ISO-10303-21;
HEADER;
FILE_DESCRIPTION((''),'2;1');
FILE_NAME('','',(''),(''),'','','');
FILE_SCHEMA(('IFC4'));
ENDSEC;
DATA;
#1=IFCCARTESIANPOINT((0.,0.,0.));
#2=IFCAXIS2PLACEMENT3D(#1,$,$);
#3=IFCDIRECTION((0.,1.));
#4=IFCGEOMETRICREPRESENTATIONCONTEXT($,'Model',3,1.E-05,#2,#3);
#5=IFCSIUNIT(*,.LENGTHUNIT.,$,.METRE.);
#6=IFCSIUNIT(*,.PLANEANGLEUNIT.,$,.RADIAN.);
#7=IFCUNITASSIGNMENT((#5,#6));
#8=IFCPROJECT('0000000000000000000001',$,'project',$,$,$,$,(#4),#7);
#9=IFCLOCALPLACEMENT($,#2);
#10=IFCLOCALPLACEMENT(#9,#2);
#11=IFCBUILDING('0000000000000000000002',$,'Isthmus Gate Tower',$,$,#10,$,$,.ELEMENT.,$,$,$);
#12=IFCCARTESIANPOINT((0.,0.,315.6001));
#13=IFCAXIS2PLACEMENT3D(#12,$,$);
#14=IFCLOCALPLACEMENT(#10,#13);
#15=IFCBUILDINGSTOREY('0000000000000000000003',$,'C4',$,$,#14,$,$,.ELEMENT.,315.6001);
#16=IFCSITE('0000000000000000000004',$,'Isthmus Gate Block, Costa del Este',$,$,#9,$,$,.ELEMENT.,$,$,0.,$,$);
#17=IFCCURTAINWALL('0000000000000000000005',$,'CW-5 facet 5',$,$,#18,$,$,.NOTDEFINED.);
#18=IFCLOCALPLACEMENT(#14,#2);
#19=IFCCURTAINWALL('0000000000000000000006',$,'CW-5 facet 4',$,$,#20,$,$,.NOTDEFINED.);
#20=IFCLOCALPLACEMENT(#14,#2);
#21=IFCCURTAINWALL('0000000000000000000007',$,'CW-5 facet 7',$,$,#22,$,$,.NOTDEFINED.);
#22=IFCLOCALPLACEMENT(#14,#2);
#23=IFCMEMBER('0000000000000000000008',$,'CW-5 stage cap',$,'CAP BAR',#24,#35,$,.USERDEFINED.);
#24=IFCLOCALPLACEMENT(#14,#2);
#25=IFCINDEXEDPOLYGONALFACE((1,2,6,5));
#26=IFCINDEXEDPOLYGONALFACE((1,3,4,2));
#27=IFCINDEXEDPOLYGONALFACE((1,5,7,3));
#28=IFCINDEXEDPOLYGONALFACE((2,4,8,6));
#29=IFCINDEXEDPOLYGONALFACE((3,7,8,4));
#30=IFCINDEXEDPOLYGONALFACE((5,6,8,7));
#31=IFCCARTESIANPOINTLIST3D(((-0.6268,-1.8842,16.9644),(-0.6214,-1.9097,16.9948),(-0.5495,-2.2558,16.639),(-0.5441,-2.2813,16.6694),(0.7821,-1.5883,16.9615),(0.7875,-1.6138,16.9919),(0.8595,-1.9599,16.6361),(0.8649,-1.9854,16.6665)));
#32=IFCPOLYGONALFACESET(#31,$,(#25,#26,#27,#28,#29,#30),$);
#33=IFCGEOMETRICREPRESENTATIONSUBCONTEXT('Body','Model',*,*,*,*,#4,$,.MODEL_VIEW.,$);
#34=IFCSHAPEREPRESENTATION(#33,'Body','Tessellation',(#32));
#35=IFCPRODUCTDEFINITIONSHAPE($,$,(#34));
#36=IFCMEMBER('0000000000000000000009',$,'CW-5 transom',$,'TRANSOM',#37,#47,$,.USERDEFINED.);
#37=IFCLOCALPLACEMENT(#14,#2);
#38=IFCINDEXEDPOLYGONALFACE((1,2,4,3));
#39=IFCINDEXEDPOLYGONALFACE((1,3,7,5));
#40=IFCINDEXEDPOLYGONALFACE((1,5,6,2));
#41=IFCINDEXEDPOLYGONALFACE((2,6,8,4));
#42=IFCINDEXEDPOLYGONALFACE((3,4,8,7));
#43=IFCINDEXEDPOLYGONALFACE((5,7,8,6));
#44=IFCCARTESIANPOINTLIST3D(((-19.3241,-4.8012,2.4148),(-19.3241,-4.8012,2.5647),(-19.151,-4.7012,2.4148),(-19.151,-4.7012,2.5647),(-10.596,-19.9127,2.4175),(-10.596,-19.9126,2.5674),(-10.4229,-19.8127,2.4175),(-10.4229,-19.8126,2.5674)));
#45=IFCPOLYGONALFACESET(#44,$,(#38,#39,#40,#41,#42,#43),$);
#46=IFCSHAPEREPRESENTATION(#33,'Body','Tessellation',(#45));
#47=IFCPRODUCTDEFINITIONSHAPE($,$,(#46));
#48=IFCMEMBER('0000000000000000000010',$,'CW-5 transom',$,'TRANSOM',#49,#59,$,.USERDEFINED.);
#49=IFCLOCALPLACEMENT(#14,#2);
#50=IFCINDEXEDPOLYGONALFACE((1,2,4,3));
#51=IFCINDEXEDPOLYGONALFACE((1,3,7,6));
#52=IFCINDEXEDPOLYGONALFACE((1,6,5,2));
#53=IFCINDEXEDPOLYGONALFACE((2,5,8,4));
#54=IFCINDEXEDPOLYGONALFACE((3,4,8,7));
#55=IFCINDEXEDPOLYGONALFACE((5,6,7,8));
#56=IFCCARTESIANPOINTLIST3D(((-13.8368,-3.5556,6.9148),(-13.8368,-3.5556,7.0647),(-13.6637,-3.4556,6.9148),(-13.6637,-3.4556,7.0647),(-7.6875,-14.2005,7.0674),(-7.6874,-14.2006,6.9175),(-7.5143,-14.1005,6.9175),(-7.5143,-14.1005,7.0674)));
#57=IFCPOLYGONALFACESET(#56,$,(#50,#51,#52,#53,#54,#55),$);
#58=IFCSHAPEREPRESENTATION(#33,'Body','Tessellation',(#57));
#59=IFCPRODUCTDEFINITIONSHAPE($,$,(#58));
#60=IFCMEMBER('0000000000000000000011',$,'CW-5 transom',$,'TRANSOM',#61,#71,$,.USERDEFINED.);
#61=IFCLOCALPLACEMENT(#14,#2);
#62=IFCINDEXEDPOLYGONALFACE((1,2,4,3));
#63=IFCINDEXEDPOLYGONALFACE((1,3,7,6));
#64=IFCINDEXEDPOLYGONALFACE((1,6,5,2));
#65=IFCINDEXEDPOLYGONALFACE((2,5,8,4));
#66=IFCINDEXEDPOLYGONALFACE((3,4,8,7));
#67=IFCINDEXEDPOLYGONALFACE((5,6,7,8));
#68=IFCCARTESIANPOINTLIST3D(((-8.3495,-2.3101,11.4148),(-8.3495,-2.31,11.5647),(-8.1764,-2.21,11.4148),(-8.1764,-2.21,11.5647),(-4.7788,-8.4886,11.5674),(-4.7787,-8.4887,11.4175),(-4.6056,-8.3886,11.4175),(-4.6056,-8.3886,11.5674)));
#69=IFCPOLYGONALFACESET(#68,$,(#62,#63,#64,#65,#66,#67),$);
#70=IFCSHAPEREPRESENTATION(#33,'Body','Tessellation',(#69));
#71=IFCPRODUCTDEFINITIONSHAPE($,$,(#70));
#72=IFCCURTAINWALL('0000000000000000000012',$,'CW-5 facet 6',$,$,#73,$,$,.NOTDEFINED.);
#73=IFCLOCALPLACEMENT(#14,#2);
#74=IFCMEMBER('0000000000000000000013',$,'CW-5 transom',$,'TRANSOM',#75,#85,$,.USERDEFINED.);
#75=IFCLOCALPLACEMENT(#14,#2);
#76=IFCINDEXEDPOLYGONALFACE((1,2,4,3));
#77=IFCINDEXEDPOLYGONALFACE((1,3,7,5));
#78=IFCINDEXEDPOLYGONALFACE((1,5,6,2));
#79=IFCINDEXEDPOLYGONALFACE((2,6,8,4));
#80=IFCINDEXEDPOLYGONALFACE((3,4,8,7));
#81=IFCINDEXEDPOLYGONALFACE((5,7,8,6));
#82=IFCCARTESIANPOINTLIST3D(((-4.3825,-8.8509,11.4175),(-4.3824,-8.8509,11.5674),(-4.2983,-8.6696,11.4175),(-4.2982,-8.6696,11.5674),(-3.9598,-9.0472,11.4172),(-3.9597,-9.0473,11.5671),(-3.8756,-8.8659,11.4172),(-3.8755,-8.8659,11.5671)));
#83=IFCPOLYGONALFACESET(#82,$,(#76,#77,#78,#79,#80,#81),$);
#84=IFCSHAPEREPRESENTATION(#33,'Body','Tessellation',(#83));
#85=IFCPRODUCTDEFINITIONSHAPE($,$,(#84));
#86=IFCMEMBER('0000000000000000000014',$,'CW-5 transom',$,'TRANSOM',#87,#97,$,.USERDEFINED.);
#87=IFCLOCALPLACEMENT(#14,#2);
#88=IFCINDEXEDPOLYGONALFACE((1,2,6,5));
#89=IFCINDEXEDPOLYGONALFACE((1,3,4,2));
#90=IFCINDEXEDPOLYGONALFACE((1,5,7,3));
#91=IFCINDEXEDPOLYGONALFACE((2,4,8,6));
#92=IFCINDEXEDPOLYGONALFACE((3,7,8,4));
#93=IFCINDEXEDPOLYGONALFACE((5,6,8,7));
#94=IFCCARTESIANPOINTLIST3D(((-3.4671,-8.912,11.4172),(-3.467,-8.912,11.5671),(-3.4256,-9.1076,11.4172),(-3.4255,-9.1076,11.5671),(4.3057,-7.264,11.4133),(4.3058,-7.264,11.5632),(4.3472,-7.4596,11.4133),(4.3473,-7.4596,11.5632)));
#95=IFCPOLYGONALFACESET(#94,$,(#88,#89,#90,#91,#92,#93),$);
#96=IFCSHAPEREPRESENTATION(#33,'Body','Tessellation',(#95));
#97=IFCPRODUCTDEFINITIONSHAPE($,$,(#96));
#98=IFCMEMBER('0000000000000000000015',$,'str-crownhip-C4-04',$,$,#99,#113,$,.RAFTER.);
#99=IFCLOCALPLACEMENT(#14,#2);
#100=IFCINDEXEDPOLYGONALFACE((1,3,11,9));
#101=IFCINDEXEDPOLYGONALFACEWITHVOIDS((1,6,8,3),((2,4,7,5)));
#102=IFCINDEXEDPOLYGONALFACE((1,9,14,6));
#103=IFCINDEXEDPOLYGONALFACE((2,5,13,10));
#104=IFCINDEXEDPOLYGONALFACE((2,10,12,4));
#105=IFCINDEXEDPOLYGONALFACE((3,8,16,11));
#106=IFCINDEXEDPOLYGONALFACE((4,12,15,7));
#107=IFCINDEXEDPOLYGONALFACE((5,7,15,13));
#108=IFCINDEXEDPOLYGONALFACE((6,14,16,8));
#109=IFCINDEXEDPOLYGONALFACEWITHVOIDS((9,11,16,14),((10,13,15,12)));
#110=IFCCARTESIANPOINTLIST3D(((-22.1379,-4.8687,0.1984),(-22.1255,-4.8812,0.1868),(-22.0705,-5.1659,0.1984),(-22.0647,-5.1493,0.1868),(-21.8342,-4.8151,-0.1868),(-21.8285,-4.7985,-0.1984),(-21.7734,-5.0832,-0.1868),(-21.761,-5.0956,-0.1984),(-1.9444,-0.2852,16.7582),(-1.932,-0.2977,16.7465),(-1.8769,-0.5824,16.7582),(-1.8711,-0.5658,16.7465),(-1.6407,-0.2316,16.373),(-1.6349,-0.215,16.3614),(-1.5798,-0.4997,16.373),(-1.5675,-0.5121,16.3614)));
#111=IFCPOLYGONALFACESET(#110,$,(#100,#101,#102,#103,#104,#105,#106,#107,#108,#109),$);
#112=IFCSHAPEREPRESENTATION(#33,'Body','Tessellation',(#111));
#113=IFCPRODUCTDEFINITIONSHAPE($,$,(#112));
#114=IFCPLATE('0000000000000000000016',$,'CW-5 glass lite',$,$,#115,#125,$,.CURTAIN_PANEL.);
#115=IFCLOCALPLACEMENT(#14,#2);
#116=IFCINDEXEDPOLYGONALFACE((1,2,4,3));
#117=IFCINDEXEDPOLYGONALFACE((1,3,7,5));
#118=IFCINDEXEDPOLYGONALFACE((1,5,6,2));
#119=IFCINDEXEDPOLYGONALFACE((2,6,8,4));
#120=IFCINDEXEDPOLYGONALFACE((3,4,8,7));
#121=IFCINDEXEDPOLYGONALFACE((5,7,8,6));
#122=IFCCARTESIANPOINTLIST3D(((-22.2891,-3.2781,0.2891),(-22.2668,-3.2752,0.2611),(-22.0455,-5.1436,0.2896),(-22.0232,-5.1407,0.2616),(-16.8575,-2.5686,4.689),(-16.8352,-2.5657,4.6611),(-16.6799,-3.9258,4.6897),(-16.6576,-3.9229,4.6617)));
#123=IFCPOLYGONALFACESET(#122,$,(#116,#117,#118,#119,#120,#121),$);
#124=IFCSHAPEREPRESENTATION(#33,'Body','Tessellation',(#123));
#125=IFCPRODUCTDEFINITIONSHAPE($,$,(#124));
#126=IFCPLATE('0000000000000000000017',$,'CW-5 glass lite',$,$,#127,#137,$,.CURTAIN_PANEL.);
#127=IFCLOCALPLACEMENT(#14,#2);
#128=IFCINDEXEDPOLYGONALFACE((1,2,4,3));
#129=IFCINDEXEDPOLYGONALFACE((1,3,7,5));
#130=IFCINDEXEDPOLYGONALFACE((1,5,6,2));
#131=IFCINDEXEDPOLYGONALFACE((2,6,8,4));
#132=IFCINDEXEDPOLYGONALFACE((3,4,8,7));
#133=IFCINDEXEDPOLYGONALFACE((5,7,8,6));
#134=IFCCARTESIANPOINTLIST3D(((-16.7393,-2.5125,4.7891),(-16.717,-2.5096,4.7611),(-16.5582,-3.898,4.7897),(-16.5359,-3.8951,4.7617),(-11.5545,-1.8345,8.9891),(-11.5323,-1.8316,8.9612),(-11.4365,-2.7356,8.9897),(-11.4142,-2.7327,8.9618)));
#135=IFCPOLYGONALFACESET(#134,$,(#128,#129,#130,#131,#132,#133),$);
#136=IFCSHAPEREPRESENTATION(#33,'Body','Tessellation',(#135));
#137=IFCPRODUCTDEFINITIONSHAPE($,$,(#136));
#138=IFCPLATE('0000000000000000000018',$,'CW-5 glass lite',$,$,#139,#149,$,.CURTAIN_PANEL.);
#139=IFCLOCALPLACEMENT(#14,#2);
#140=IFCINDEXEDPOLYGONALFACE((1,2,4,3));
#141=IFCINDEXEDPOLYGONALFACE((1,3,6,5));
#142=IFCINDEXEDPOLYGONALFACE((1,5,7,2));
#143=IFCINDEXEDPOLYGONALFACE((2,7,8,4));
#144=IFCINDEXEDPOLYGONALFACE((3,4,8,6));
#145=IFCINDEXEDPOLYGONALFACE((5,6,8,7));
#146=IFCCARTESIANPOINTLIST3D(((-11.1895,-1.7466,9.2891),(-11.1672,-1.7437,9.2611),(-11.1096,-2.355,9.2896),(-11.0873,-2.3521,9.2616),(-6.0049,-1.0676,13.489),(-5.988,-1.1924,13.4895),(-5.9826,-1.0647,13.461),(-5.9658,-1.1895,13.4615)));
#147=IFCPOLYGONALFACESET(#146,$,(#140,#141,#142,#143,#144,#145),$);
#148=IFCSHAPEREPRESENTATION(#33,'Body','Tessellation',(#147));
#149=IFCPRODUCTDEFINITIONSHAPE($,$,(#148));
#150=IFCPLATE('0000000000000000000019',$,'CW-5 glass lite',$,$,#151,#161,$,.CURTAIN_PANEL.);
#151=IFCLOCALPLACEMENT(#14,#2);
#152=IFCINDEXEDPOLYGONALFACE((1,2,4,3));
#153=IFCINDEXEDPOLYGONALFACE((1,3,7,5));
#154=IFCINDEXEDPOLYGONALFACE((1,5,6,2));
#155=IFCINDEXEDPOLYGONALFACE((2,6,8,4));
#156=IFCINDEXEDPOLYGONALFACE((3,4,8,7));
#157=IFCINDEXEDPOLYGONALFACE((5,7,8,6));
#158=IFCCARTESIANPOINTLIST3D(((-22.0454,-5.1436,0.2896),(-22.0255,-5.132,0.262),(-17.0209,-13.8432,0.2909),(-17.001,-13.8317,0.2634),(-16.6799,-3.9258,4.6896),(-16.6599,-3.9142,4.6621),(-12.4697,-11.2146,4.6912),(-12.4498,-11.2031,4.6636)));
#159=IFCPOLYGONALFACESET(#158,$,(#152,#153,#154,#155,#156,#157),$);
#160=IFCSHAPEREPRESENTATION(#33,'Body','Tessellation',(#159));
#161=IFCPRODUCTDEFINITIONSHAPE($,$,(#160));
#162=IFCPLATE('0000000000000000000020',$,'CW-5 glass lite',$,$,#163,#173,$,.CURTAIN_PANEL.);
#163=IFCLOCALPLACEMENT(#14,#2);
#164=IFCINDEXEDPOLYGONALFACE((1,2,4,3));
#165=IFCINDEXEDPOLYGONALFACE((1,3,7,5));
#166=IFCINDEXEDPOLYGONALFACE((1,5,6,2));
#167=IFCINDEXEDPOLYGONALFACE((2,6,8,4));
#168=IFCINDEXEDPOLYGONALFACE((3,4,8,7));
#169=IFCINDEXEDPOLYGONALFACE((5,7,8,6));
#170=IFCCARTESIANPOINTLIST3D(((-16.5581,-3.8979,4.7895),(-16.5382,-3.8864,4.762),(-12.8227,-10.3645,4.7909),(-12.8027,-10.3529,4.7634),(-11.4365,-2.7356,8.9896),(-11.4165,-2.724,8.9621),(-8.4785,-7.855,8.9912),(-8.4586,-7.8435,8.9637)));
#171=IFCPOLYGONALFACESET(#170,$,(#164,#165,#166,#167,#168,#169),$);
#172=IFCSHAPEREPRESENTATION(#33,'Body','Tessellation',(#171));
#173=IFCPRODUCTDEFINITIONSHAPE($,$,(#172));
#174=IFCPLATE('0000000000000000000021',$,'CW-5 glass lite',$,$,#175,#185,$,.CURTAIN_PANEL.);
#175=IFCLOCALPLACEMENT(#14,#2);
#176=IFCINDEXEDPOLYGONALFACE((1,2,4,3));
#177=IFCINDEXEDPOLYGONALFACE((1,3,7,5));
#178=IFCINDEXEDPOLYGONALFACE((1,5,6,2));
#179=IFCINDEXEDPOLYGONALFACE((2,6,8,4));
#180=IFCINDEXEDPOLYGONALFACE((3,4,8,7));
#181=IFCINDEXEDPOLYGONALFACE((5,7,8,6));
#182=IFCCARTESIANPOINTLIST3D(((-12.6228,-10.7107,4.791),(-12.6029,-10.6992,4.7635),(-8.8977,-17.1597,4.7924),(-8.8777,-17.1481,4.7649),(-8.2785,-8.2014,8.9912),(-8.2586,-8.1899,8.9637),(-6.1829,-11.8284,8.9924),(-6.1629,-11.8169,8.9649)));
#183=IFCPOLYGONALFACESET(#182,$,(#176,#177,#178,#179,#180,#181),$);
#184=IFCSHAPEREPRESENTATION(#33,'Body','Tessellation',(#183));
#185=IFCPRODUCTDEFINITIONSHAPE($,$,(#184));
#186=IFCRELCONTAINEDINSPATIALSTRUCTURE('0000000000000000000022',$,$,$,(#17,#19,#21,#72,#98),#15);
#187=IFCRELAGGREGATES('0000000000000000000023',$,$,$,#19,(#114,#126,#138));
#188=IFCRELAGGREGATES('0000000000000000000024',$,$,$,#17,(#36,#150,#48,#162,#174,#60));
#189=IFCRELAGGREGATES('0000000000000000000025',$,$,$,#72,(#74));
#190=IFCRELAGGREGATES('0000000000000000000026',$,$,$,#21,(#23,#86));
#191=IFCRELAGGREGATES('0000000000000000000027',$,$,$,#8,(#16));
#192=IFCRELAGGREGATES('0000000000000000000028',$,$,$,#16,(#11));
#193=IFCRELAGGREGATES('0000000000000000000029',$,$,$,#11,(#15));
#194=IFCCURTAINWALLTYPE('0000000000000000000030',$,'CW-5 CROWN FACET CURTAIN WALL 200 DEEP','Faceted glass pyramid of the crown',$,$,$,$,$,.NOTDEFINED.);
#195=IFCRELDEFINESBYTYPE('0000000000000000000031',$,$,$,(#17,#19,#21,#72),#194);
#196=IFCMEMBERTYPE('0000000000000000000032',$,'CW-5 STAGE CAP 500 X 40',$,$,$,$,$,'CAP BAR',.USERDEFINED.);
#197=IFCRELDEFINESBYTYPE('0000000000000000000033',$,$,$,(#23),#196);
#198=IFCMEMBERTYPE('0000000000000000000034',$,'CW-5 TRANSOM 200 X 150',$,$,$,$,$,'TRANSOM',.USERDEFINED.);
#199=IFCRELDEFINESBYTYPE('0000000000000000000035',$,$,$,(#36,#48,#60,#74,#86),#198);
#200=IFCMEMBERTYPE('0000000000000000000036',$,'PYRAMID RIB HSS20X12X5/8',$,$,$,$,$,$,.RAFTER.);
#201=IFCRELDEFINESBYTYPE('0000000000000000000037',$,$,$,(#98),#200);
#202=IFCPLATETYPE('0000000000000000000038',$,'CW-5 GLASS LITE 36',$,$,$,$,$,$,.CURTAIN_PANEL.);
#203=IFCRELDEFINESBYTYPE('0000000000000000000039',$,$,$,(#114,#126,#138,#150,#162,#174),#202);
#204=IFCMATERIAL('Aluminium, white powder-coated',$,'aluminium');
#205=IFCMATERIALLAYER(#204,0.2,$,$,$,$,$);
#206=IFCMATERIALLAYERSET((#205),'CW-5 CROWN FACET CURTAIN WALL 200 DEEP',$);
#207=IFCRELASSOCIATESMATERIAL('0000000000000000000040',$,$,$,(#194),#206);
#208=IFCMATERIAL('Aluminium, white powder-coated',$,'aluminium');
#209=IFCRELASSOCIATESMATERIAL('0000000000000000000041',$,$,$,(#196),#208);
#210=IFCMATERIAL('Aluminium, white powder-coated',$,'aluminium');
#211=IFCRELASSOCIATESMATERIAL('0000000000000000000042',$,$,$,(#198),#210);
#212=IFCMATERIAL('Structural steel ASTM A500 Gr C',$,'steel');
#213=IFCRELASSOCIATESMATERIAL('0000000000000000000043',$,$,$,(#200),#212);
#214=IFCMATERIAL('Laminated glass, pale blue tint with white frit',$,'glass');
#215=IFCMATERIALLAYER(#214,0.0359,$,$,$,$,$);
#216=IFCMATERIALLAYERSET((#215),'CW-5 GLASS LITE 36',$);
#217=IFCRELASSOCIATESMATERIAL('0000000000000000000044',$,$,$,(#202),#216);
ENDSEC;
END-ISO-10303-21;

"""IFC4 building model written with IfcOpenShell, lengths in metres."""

from ifc_helpers import new_model, si_unit, direction, frame, origin, origin_2d, place, context, subcontext, project, spatial, polyline, rectangle, hollow_rectangle, outline, extrude, material, layer, layer_set, material_profile, profile_set, type_object, element, aggregate, save


model = new_model("IFC4")

# Units and contexts
model_context = context("Model", 3, precision=1e-05, world=origin(), true_north=direction((0.0, 1.0)))
body_context = subcontext(model_context, "Body", "Model", "MODEL_VIEW")
ifc_project = project(units=[si_unit("LENGTHUNIT", "METRE"), si_unit("PLANEANGLEUNIT", "RADIAN")], contexts=[model_context])

# Site, building, storey
site_placement = place(None, origin())
site = spatial("IfcSite", under=ifc_project, at=site_placement, Name="Isthmus Gate Block, Costa del Este", CompositionType="ELEMENT", RefElevation=0.0)
building_placement = place(site_placement, origin())
building = spatial("IfcBuilding", under=site, at=building_placement, Name="Isthmus Gate Tower", CompositionType="ELEMENT")
storey_placement = place(building_placement, frame((0.0, 0.0, 315.6001)))
storey = spatial("IfcBuildingStorey", under=building, at=storey_placement, Name="C4", CompositionType="ELEMENT", Elevation=315.6001)

# Curtain wall
ifc_material_1 = material(Name="Aluminium, white powder-coated", Category="aluminium")
ifc_layer_1 = layer(ifc_material_1, 0.2)
ifc_layer_set_1 = layer_set([ifc_layer_1], Name="CW-5 CROWN FACET CURTAIN WALL 200 DEEP")
curtain_wall_type = type_object("IfcCurtainWallType", Name="CW-5 CROWN FACET CURTAIN WALL 200 DEEP", Description="Faceted glass pyramid of the crown", PredefinedType="NOTDEFINED", material=ifc_layer_set_1)
curtain_wall_1_placement = place(storey_placement, origin())
curtain_wall_1 = element("IfcCurtainWall", 1, at=curtain_wall_1_placement, inside=storey, type_object=curtain_wall_type, Name="CW-5 facet 5", PredefinedType="NOTDEFINED")
placement_1 = place(building_placement, frame((0.0, 0.0, 324.6001)))

# Curtain wall
curtain_wall_2_placement = place(storey_placement, origin())
curtain_wall_2 = element("IfcCurtainWall", 2, at=curtain_wall_2_placement, inside=storey, type_object=curtain_wall_type, Name="CW-5 facet 4", PredefinedType="NOTDEFINED")
placement_2 = place(building_placement, frame((0.0, 0.0, 320.1001)))

# Shared definitions
ifc_material_2 = material(Name="Aluminium, white powder-coated", Category="aluminium")
ifc_material_profile_1 = material_profile(ifc_material_2, rectangle(XDim=0.5, YDim=0.04, at=origin_2d()), Name="500x40")
ifc_profile_set_1 = profile_set([ifc_material_profile_1], Name="Aluminium, white powder-coated")
member_type_1 = type_object("IfcMemberType", Name="CW-5 STAGE CAP 500 X 40", ElementType="CAP BAR", PredefinedType="USERDEFINED", material=ifc_profile_set_1)

# Curtain wall, member
curtain_wall_3_placement = place(storey_placement, origin())
curtain_wall_3 = element("IfcCurtainWall", 3, at=curtain_wall_3_placement, inside=storey, type_object=curtain_wall_type, Name="CW-5 facet 7", PredefinedType="NOTDEFINED")
placement_3 = place(building_placement, frame((0.0, 0.0, 329.1001)))
member_1_placement = place(placement_3, frame((-0.5854, -2.0828, 3.3169), z_axis=(0.978648, 0.205531, -0.002035), x_axis=(-0.154747, 0.743282, 0.650835)))
member_1 = element("IfcMember", 4, at=member_1_placement, type_object=member_type_1, Name="CW-5 stage cap", ObjectType="CAP BAR", PredefinedType="USERDEFINED", context=body_context, shape_type="SweptSolid", body=[
    extrude(rectangle(XDim=0.5, YDim=0.04, at=origin_2d()), origin(), (0.0, 0.0, 1.0), 1.4397),
])

# Members
ifc_material_3 = material(Name="Aluminium, white powder-coated", Category="aluminium")
ifc_material_profile_2 = material_profile(ifc_material_3, rectangle(XDim=0.2, YDim=0.1499, at=origin_2d()), Name="200x150")
ifc_profile_set_2 = profile_set([ifc_material_profile_2], Name="Aluminium, white powder-coated")
member_type_2 = type_object("IfcMemberType", Name="CW-5 TRANSOM 200 X 150", ElementType="TRANSOM", PredefinedType="USERDEFINED", material=ifc_profile_set_2)
member_2_placement = place(storey_placement, frame((-19.2375, -4.7512, 2.4897), z_axis=(0.50015, -0.865939, 0.000154), x_axis=(0.865939, 0.50015, 0.0)))
member_2 = element("IfcMember", 5, at=member_2_placement, type_object=member_type_2, Name="CW-5 transom", ObjectType="TRANSOM", PredefinedType="USERDEFINED", context=body_context, shape_type="SweptSolid", body=[
    extrude(rectangle(XDim=0.2, YDim=0.1499, at=origin_2d()), origin(), (0.0, 0.0, 1.0), 17.4509),
])
member_3_placement = place(placement_2, frame((-13.7502, -3.5056, 2.4897), z_axis=(0.500214, -0.865902, 0.000218), x_axis=(0.865902, 0.500214, 0.0)))
member_3 = element("IfcMember", 6, at=member_3_placement, type_object=member_type_2, Name="CW-5 transom", ObjectType="TRANSOM", PredefinedType="USERDEFINED", context=body_context, shape_type="SweptSolid", body=[
    extrude(rectangle(XDim=0.2, YDim=0.1499, at=origin_2d()), origin(), (0.0, 0.0, 1.0), 12.2935),
])
member_4_placement = place(placement_1, frame((-8.2629, -2.26, 2.4897), z_axis=(0.50037, -0.865812, 0.000376), x_axis=(0.865812, 0.50037, 0.0)))
member_4 = element("IfcMember", 7, at=member_4_placement, type_object=member_type_2, Name="CW-5 transom", ObjectType="TRANSOM", PredefinedType="USERDEFINED", context=body_context, shape_type="SweptSolid", body=[
    extrude(rectangle(XDim=0.2, YDim=0.1499, at=origin_2d()), origin(), (0.0, 0.0, 1.0), 7.1362),
])

# Curtain wall, member
curtain_wall_4_placement = place(storey_placement, origin())
curtain_wall_4 = element("IfcCurtainWall", 8, at=curtain_wall_4_placement, inside=storey, type_object=curtain_wall_type, Name="CW-5 facet 6", PredefinedType="NOTDEFINED")
member_5_placement = place(placement_1, frame((-4.3403, -8.7603, 2.4924), z_axis=(0.906945, -0.42125, -0.000524), x_axis=(0.42125, 0.906945, 0.0)))
member_5 = element("IfcMember", 9, at=member_5_placement, type_object=member_type_2, Name="CW-5 transom", ObjectType="TRANSOM", PredefinedType="USERDEFINED", context=body_context, shape_type="SweptSolid", body=[
    extrude(rectangle(XDim=0.2, YDim=0.1499, at=origin_2d()), origin(), (0.0, 0.0, 1.0), 0.4661),
])

# Members
member_6_placement = place(placement_1, frame((-3.4463, -9.0098, 2.4922), z_axis=(0.978255, 0.207407, -0.000492), x_axis=(-0.207407, 0.978255, 0.0)))
member_6 = element("IfcMember", 10, at=member_6_placement, type_object=member_type_2, Name="CW-5 transom", ObjectType="TRANSOM", PredefinedType="USERDEFINED", context=body_context, shape_type="SweptSolid", body=[
    extrude(rectangle(XDim=0.2, YDim=0.1499, at=origin_2d()), origin(), (0.0, 0.0, 1.0), 7.9456),
])
ifc_material_4 = material(Name="Structural steel ASTM A500 Gr C", Category="steel")
ifc_material_profile_3 = material_profile(ifc_material_4, hollow_rectangle(XDim=0.3047, YDim=0.5081, WallThickness=0.0149, at=origin_2d()), Name="HSS20X12X5/8")
ifc_profile_set_3 = profile_set([ifc_material_profile_3], Name="Structural steel ASTM A500 Gr C")
member_type_3 = type_object("IfcMemberType", Name="PYRAMID RIB HSS20X12X5/8", PredefinedType="RAFTER", material=ifc_profile_set_3)
member_7_placement = place(storey_placement, frame((-21.9495, -4.9822, 0.0), z_axis=(0.761607, 0.172868, 0.624557), x_axis=(-0.221347, 0.975195, 0.0)))
element("IfcMember", 11, at=member_7_placement, inside=storey, type_object=member_type_3, Name="str-crownhip-C4-04", PredefinedType="RAFTER", context=body_context, shape_type="SweptSolid", body=[
    extrude(hollow_rectangle(XDim=0.3047, YDim=0.5081, WallThickness=0.0149, at=origin_2d()), origin(), (0.0, 0.0, 1.0), 26.5144),
])

# Plates
ifc_material_5 = material(Name="Laminated glass, pale blue tint with white frit", Category="glass")
ifc_layer_2 = layer(ifc_material_5, 0.0359)
ifc_layer_set_2 = layer_set([ifc_layer_2], Name="CW-5 GLASS LITE 36")
plate_type = type_object("IfcPlateType", Name="CW-5 GLASS LITE 36", PredefinedType="CURTAIN_PANEL", material=ifc_layer_set_2)
plate_1_placement = place(storey_placement, frame((-22.2891, -3.2781, 0.2891), z_axis=(-0.620996, -0.080858, 0.779632), x_axis=(0.129482, -0.991582, 0.000296)))
plate_1 = element("IfcPlate", 12, at=plate_1_placement, type_object=plate_type, Name="CW-5 glass lite", PredefinedType="CURTAIN_PANEL", context=body_context, shape_type="SweptSolid", body=[
    extrude(outline(polyline([(0.0, 0.0), (1.8813, 0.0), (1.3698, 7.0265), (0.0011, 7.026), (0.0, 0.0)])), origin(), (0.0, 0.0, -1.0), 0.0359),
])
plate_2_placement = place(placement_2, frame((-16.7393, -2.5125, 0.2891), z_axis=(-0.621003, -0.080806, 0.779631), x_axis=(0.129575, -0.99157, 0.000438)))
plate_2 = element("IfcPlate", 13, at=plate_2_placement, type_object=plate_type, Name="CW-5 glass lite", PredefinedType="CURTAIN_PANEL", context=body_context, shape_type="SweptSolid", body=[
    extrude(outline(polyline([(0.0, 0.0), (1.3973, 0.0), (0.9102, 6.7072), (0.0014, 6.7068), (0.0, 0.0)])), origin(), (0.0, 0.0, -1.0), 0.0359),
])
plate_3_placement = place(placement_1, frame((-11.1895, -1.7466, 0.2891), z_axis=(-0.620988, -0.08085, 0.779639), x_axis=(0.130098, -0.991501, 0.000804)))
plate_3 = element("IfcPlate", 14, at=plate_3_placement, type_object=plate_type, Name="CW-5 glass lite", PredefinedType="CURTAIN_PANEL", context=body_context, shape_type="SweptSolid", body=[
    extrude(outline(polyline([(0.0, 0.0), (0.6136, 0.0), (0.1306, 6.7073), (0.0047, 6.7067), (0.0, 0.0)])), origin(), (0.0, 0.0, -1.0), 0.0359),
])
aggregate(curtain_wall_2, [plate_1, plate_2, plate_3])
plate_4_placement = place(storey_placement, frame((-22.0454, -5.1436, 0.2896), z_axis=(-0.555941, -0.320959, 0.766756), x_axis=(0.500127, -0.865952, 0.000139)))
plate_4 = element("IfcPlate", 15, at=plate_4_placement, type_object=plate_type, Name="CW-5 glass lite", PredefinedType="CURTAIN_PANEL", context=body_context, shape_type="SweptSolid", body=[
    extrude(outline(polyline([(0.0, 0.0), (10.0464, 0.0), (10.0469, 6.8546), (1.6295, 6.854), (0.0, 0.0)])), origin(), (0.0, 0.0, -1.0), 0.0359),
])
plate_5_placement = place(placement_2, frame((-16.5581, -3.8979, 0.2896), z_axis=(-0.555938, -0.320979, 0.76675), x_axis=(0.500199, -0.86591, 0.000183)))
plate_5 = element("IfcPlate", 16, at=plate_5_placement, type_object=plate_type, Name="CW-5 glass lite", PredefinedType="CURTAIN_PANEL", context=body_context, shape_type="SweptSolid", body=[
    extrude(outline(polyline([(0.0, 0.0), (7.4679, 0.0), (7.4686, 6.5431), (1.5561, 6.5423), (0.0, 0.0)])), origin(), (0.0, 0.0, -1.0), 0.0359),
])
plate_6_placement = place(placement_2, frame((-12.6228, -10.7107, 0.291), z_axis=(-0.555937, -0.320957, 0.76676), x_axis=(0.500183, -0.86592, 0.000192)))
plate_6 = element("IfcPlate", 17, at=plate_6_placement, type_object=plate_type, Name="CW-5 glass lite", PredefinedType="CURTAIN_PANEL", context=body_context, shape_type="SweptSolid", body=[
    extrude(outline(polyline([(0.0, 0.0), (7.4475, 0.0), (4.1898, 6.5437), (0.0009, 6.543), (0.0, 0.0)])), origin(), (0.0, 0.0, -1.0), 0.0359),
])
aggregate(curtain_wall_1, [member_2, plate_4, member_3, plate_5, plate_6, member_4])

aggregate(curtain_wall_4, [member_5])
aggregate(curtain_wall_3, [member_1, member_6])

save(model, "model.ifc")
